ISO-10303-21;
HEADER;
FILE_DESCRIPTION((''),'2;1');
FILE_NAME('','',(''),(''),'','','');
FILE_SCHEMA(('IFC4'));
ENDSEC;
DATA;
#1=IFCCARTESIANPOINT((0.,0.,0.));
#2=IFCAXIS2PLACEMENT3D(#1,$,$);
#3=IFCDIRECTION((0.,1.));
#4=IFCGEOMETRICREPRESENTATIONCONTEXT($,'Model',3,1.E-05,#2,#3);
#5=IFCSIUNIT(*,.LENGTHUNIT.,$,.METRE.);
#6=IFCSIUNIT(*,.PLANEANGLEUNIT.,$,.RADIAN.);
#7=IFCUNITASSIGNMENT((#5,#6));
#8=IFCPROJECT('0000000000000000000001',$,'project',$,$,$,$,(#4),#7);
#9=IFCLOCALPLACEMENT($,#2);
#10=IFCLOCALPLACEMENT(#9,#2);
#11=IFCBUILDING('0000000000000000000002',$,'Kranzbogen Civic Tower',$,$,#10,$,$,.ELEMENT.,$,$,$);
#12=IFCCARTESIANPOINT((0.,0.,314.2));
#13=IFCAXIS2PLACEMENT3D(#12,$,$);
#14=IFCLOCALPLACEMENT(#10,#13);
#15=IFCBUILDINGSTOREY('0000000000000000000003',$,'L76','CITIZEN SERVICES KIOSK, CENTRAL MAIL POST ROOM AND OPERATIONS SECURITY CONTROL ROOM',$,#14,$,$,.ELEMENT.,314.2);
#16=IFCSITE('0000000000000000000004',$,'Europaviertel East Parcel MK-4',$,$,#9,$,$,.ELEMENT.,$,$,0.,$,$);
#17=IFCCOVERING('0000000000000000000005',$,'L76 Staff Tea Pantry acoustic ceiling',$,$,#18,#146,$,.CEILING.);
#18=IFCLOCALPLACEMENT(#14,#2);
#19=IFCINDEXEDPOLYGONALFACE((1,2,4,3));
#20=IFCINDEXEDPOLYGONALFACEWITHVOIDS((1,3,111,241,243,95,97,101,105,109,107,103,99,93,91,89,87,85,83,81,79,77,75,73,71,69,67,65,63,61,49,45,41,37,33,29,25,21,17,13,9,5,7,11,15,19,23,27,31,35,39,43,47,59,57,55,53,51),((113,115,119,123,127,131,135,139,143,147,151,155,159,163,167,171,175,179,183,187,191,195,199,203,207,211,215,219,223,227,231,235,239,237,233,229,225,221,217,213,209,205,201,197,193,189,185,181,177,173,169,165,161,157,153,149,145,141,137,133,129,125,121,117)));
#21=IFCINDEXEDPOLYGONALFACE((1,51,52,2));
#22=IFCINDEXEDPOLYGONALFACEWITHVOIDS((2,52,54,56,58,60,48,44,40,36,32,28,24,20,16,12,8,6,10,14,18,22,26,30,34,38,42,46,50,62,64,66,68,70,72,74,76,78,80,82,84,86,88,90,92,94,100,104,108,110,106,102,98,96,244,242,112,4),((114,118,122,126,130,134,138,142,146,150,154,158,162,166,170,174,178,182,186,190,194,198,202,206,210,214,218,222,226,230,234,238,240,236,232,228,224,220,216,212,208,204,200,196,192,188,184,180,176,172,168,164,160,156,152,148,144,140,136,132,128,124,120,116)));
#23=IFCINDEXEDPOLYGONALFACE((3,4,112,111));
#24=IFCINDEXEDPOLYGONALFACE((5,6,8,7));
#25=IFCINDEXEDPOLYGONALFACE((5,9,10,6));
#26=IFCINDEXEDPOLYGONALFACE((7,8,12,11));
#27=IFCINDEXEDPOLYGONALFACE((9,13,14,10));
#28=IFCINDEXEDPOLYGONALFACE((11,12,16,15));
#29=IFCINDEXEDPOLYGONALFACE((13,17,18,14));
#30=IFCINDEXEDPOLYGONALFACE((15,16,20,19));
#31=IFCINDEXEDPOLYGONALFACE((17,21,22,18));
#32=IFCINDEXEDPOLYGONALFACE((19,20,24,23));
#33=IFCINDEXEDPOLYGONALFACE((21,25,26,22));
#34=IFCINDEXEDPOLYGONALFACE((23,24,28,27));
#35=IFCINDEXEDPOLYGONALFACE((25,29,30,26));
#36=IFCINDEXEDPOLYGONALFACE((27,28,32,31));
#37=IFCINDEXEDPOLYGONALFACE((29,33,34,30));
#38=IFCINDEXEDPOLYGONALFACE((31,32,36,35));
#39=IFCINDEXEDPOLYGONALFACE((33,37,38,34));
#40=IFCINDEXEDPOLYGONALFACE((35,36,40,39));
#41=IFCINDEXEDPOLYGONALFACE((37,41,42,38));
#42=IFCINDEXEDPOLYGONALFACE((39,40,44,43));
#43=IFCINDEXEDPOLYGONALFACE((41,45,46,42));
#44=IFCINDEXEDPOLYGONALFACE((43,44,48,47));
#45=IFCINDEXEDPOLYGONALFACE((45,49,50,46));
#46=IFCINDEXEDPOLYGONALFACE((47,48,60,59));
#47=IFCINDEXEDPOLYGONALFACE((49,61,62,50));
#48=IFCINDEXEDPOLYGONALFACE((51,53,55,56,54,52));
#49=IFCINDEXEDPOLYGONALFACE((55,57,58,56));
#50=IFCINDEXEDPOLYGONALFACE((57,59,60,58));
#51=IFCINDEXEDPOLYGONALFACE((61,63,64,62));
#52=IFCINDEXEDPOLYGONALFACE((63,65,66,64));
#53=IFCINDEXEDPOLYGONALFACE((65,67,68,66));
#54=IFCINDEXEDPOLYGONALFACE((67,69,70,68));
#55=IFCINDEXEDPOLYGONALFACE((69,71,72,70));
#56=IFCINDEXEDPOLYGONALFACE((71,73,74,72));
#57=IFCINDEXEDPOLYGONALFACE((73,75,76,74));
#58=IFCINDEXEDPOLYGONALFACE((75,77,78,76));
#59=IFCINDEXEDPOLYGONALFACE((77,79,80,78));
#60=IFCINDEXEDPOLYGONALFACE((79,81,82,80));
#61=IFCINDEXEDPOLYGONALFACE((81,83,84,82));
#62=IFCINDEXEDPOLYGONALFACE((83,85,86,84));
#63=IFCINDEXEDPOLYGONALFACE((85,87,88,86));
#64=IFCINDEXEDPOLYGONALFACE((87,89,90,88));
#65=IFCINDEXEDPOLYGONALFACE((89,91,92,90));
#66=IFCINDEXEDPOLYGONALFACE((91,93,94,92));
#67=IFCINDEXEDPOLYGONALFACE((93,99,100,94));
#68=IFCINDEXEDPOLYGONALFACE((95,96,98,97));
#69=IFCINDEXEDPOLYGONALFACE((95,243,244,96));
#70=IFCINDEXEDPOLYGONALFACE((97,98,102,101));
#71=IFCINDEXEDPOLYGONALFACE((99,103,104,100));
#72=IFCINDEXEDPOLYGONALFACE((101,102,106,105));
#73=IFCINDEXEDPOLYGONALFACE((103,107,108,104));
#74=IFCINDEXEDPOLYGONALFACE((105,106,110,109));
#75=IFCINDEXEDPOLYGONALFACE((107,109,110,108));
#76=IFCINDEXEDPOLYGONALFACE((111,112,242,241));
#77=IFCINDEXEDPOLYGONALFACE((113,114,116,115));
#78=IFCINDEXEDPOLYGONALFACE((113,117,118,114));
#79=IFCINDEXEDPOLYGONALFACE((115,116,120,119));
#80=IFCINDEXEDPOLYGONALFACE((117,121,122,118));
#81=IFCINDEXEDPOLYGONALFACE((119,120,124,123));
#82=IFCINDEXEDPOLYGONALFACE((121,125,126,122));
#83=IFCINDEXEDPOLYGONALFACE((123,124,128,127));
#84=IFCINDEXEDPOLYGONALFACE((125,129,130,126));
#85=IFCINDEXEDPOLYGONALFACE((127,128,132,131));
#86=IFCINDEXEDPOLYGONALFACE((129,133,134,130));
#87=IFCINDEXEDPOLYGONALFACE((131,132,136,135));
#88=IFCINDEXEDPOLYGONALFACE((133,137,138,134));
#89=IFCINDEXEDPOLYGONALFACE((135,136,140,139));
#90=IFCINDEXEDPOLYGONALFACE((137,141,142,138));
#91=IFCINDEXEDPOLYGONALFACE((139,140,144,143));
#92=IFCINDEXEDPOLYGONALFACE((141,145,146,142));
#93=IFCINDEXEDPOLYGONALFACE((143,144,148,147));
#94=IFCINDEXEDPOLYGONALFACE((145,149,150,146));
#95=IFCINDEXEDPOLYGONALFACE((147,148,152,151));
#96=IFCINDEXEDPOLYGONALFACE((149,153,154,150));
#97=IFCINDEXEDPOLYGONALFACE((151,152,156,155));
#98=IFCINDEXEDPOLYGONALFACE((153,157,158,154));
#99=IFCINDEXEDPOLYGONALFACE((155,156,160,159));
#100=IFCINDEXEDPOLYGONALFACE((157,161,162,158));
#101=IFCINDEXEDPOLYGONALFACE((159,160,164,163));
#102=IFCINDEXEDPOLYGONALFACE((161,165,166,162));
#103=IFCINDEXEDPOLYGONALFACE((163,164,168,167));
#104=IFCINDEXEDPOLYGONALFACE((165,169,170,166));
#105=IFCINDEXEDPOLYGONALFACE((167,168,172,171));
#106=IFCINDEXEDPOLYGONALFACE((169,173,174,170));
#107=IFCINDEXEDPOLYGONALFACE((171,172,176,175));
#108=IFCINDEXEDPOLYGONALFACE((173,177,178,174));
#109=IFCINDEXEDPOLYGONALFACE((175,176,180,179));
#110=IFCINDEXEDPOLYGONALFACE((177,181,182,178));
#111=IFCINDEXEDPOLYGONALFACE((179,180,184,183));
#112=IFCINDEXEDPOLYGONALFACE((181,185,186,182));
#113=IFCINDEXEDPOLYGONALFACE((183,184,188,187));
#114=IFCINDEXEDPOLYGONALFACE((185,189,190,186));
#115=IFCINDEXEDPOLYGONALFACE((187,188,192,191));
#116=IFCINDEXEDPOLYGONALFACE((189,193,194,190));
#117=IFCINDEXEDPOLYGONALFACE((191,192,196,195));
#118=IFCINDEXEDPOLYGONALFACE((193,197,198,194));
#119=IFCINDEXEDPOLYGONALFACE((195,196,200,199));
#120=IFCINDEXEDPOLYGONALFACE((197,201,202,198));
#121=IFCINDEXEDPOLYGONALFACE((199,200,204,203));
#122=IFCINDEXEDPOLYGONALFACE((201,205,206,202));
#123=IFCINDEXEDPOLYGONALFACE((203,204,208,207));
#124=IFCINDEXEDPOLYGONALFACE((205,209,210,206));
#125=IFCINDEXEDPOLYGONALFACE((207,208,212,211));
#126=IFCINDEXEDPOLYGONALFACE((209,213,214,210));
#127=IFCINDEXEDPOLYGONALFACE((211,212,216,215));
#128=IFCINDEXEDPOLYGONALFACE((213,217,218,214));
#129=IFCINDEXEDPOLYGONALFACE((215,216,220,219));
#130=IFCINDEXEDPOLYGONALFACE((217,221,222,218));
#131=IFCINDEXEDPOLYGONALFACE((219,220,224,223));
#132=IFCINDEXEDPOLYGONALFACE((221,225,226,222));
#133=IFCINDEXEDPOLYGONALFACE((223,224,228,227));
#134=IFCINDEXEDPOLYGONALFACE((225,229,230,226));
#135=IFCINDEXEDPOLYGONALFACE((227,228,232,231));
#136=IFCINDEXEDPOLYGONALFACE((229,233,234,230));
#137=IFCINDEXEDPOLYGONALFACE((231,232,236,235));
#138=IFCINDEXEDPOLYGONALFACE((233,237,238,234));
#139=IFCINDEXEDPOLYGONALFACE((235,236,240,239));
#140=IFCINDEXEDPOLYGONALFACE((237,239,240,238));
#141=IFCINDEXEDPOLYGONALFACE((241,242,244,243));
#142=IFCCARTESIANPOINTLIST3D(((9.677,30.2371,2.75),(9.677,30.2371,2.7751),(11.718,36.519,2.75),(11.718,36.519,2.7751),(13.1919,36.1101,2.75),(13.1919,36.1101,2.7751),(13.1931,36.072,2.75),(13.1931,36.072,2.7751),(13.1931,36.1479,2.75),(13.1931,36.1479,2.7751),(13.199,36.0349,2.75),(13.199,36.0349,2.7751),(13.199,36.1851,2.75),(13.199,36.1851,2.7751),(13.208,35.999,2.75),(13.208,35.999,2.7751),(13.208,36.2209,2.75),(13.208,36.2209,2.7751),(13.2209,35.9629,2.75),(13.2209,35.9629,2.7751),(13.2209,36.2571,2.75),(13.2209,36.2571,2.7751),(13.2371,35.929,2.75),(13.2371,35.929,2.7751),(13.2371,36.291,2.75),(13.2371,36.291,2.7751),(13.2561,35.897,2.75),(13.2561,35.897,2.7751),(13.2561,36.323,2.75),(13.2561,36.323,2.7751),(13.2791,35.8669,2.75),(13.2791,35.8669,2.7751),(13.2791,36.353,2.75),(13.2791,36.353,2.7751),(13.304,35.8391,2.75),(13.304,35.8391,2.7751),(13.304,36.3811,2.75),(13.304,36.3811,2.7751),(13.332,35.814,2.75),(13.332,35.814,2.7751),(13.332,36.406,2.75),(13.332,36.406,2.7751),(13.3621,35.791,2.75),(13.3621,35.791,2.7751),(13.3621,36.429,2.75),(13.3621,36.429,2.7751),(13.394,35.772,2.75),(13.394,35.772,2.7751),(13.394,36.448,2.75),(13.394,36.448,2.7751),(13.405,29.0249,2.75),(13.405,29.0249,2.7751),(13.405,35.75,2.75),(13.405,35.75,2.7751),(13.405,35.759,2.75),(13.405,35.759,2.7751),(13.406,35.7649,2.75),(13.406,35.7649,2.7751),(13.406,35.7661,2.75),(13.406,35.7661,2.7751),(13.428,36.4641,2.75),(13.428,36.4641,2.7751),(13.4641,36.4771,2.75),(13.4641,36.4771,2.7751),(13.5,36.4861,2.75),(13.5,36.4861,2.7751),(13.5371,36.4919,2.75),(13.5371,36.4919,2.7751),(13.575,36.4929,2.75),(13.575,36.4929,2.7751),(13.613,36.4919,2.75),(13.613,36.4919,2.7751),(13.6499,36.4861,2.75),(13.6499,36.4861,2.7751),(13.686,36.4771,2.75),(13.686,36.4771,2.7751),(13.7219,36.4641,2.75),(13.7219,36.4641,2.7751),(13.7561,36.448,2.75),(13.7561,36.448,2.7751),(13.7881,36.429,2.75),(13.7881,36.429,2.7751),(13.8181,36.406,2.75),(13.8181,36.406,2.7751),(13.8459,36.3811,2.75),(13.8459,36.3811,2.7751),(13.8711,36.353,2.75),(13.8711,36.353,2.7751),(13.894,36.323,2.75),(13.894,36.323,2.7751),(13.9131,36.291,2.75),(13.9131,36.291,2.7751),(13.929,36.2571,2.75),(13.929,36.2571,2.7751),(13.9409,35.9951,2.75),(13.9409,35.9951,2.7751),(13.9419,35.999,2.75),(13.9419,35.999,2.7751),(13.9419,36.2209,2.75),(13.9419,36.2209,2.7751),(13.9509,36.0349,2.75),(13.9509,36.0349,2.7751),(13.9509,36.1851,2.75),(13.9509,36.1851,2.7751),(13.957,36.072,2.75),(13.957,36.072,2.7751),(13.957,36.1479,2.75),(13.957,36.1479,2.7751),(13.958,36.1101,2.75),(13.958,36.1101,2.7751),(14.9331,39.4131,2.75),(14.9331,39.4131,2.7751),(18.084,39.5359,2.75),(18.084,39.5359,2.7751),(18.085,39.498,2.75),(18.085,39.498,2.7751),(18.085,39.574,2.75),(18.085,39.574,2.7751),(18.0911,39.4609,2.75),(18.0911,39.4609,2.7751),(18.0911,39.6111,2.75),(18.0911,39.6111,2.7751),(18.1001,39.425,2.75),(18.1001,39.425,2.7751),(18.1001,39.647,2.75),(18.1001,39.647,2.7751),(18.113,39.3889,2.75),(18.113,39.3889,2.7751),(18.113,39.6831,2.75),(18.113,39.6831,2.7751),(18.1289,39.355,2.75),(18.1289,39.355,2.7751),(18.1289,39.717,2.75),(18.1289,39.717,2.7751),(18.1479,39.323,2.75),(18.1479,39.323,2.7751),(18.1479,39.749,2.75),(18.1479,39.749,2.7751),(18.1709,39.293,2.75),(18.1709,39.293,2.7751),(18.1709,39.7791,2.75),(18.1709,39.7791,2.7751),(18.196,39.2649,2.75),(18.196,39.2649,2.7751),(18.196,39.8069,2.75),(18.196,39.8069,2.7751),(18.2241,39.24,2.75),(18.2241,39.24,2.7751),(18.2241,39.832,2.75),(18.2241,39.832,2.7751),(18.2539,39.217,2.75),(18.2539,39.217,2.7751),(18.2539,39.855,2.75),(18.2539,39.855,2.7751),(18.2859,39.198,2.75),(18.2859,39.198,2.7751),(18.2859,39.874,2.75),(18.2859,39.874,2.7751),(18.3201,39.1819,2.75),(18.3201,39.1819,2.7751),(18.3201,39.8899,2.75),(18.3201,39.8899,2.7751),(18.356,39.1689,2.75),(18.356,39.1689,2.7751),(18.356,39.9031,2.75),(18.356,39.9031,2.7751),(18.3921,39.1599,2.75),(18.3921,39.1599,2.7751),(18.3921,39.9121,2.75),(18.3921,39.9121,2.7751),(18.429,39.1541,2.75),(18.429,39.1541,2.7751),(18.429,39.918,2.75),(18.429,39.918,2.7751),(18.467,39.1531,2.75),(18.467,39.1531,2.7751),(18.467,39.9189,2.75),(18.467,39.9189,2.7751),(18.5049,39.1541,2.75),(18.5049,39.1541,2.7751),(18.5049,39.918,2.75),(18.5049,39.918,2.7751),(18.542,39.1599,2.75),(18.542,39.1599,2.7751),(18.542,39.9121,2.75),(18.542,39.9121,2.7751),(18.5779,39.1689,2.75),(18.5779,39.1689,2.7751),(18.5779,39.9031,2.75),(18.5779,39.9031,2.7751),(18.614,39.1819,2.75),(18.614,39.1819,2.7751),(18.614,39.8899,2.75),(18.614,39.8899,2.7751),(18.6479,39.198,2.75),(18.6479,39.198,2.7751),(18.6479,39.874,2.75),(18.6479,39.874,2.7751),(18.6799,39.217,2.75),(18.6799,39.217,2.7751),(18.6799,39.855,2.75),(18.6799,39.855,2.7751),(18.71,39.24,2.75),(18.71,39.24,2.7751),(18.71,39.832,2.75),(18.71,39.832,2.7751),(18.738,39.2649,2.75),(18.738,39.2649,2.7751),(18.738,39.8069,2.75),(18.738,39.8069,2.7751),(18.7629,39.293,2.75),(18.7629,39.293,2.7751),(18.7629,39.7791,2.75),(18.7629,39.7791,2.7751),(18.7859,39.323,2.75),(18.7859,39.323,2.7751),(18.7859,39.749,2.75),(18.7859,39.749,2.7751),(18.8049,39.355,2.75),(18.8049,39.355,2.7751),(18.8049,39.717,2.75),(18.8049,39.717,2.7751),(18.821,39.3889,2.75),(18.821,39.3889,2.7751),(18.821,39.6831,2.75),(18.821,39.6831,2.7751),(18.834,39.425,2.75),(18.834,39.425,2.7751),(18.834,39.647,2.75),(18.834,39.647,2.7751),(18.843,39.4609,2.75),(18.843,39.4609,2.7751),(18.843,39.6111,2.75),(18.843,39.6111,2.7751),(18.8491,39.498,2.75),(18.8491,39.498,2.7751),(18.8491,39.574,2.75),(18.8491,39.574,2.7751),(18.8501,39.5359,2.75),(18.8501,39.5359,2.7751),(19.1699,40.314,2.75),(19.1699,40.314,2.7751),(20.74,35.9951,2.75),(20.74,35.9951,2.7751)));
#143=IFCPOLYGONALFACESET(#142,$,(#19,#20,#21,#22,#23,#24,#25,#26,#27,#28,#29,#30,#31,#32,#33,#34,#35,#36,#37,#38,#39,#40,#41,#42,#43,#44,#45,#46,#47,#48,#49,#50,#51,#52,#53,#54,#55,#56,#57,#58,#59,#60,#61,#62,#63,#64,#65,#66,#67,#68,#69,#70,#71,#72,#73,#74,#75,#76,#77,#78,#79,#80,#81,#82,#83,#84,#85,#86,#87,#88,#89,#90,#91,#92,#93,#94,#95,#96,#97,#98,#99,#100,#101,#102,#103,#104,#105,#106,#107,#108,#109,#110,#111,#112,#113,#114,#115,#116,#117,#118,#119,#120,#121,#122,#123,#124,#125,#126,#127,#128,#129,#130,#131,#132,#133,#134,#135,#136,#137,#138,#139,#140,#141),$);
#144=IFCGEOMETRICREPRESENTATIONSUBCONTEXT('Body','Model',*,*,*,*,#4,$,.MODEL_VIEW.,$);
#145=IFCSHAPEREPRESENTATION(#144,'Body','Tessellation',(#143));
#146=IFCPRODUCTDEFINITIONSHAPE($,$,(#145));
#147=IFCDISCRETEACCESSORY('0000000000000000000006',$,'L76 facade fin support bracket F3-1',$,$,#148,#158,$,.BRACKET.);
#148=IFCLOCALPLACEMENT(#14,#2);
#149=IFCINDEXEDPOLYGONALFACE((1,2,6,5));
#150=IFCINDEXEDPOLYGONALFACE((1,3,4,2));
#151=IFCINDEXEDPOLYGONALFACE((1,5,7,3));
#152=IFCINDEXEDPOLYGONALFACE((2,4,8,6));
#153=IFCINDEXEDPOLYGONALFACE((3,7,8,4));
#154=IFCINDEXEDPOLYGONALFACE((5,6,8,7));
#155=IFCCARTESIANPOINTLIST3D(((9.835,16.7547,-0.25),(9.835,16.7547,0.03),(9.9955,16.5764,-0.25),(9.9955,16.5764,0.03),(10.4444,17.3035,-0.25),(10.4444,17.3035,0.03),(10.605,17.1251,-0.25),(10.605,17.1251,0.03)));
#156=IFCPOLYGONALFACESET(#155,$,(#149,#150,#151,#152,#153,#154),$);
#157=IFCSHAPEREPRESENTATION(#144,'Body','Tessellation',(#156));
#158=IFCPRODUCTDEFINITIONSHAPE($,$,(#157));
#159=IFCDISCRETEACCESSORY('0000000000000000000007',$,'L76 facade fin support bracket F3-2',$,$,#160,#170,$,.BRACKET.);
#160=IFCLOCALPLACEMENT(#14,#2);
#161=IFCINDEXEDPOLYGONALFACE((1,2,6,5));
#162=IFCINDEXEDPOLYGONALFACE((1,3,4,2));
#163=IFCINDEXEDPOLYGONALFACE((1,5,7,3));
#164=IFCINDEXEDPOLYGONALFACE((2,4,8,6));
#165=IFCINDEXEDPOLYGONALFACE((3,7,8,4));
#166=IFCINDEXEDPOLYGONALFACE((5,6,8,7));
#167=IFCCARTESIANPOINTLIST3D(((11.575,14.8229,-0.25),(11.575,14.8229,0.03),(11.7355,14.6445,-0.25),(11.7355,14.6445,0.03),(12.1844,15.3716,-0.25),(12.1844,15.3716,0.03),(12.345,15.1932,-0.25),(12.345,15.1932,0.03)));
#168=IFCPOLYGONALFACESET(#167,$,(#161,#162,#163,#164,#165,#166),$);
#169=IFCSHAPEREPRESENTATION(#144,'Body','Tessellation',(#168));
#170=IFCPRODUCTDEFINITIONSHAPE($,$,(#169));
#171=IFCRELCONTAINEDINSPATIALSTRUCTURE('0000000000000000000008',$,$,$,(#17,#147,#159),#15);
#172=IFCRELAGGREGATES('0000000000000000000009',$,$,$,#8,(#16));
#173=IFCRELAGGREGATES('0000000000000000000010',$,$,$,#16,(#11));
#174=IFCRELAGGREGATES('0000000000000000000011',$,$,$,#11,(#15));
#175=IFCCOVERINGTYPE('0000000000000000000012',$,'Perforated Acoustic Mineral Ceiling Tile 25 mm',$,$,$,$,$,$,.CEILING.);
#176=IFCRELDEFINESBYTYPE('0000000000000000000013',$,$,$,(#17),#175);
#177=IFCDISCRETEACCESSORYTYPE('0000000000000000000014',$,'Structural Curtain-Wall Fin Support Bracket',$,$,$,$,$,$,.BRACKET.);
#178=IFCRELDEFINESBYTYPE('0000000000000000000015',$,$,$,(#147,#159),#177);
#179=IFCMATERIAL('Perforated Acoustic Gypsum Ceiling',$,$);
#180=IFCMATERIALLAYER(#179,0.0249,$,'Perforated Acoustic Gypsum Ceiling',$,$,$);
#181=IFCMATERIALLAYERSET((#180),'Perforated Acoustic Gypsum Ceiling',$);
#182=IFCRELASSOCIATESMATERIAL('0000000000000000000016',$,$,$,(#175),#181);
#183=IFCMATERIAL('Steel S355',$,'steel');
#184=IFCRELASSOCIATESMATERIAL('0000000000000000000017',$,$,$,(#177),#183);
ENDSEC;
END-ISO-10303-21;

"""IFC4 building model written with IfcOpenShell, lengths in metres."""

from ifc_helpers import new_model, si_unit, direction, frame, origin, origin_2d, place, context, subcontext, project, spatial, polyline, rectangle, outline, extrude, material, layer, layer_set, type_object, element, save


model = new_model("IFC4")

# Units and contexts
model_context = context("Model", 3, precision=1e-05, world=origin(), true_north=direction((0.0, 1.0)))
body_context = subcontext(model_context, "Body", "Model", "MODEL_VIEW")
ifc_project = project(units=[si_unit("LENGTHUNIT", "METRE"), si_unit("PLANEANGLEUNIT", "RADIAN")], contexts=[model_context])

# Site, building, storey
site_placement = place(None, origin())
site = spatial("IfcSite", under=ifc_project, at=site_placement, Name="Europaviertel East Parcel MK-4", CompositionType="ELEMENT", RefElevation=0.0)
building_placement = place(site_placement, origin())
building = spatial("IfcBuilding", under=site, at=building_placement, Name="Kranzbogen Civic Tower", CompositionType="ELEMENT")
storey_placement = place(building_placement, frame((0.0, 0.0, 314.2)))
storey = spatial("IfcBuildingStorey", under=building, at=storey_placement, Name="L76", Description="CITIZEN SERVICES KIOSK, CENTRAL MAIL POST ROOM AND OPERATIONS SECURITY CONTROL ROOM", CompositionType="ELEMENT", Elevation=314.2)

# Shared definitions
ifc_material_1 = material(Name="Steel S355", Category="steel")

# Covering
ifc_material_2 = material(Name="Perforated Acoustic Gypsum Ceiling")
ifc_layer_1 = layer(ifc_material_2, 0.0249, Name="Perforated Acoustic Gypsum Ceiling")
ifc_layer_set_1 = layer_set([ifc_layer_1], Name="Perforated Acoustic Gypsum Ceiling")
covering_type_1 = type_object("IfcCoveringType", Name="Perforated Acoustic Mineral Ceiling Tile 25 mm", PredefinedType="CEILING", material=ifc_layer_set_1)
covering_1_placement = place(storey_placement, frame((0.0, 0.0, 2.75)))
element("IfcCovering", 1, at=covering_1_placement, inside=storey, type_object=covering_type_1, Name="L76 Staff Tea Pantry acoustic ceiling", PredefinedType="CEILING", context=body_context, shape_type="SweptSolid", body=[
    extrude(outline(polyline([(14.9331, 39.4131), (19.1699, 40.314), (20.74, 35.9951), (13.9409, 35.9951), (13.9419, 35.999), (13.9509, 36.0349), (13.957, 36.072), (13.958, 36.1101), (13.957, 36.1479), (13.9509, 36.1851), (13.9419, 36.2209), (13.929, 36.2571), (13.9131, 36.291), (13.894, 36.323), (13.8711, 36.353), (13.8459, 36.3811), (13.8181, 36.406), (13.7881, 36.429), (13.7561, 36.448), (13.7219, 36.4641), (13.686, 36.4771), (13.6499, 36.4861), (13.613, 36.4919), (13.575, 36.4929), (13.5371, 36.4919), (13.5, 36.4861), (13.4641, 36.4771), (13.428, 36.4641), (13.394, 36.448), (13.3621, 36.429), (13.332, 36.406), (13.304, 36.3811), (13.2791, 36.353), (13.2561, 36.323), (13.2371, 36.291), (13.2209, 36.2571), (13.208, 36.2209), (13.199, 36.1851), (13.1931, 36.1479), (13.1919, 36.1101), (13.1931, 36.072), (13.199, 36.0349), (13.208, 35.999), (13.2209, 35.9629), (13.2371, 35.929), (13.2561, 35.897), (13.2791, 35.8669), (13.304, 35.8391), (13.332, 35.814), (13.3621, 35.791), (13.394, 35.772), (13.406, 35.7661), (13.406, 35.7649), (13.405, 35.759), (13.405, 35.75), (13.405, 29.0249), (9.677, 30.2371), (11.718, 36.519), (14.9331, 39.4131)]), holes=[polyline([(18.821, 39.3889), (18.8049, 39.355), (18.7859, 39.323), (18.7629, 39.293), (18.738, 39.2649), (18.71, 39.24), (18.6799, 39.217), (18.6479, 39.198), (18.614, 39.1819), (18.5779, 39.1689), (18.542, 39.1599), (18.5049, 39.1541), (18.467, 39.1531), (18.429, 39.1541), (18.3921, 39.1599), (18.356, 39.1689), (18.3201, 39.1819), (18.2859, 39.198), (18.2539, 39.217), (18.2241, 39.24), (18.196, 39.2649), (18.1709, 39.293), (18.1479, 39.323), (18.1289, 39.355), (18.113, 39.3889), (18.1001, 39.425), (18.0911, 39.4609), (18.085, 39.498), (18.084, 39.5359), (18.085, 39.574), (18.0911, 39.6111), (18.1001, 39.647), (18.113, 39.6831), (18.1289, 39.717), (18.1479, 39.749), (18.1709, 39.7791), (18.196, 39.8069), (18.2241, 39.832), (18.2539, 39.855), (18.2859, 39.874), (18.3201, 39.8899), (18.356, 39.9031), (18.3921, 39.9121), (18.429, 39.918), (18.467, 39.9189), (18.5049, 39.918), (18.542, 39.9121), (18.5779, 39.9031), (18.614, 39.8899), (18.6479, 39.874), (18.6799, 39.855), (18.71, 39.832), (18.738, 39.8069), (18.7629, 39.7791), (18.7859, 39.749), (18.8049, 39.717), (18.821, 39.6831), (18.834, 39.647), (18.843, 39.6111), (18.8491, 39.574), (18.8501, 39.5359), (18.8491, 39.498), (18.843, 39.4609), (18.834, 39.425), (18.821, 39.3889)])]), origin(), (0.0, 0.0, 1.0), 0.0251),
])

# Discrete accessories
discrete_accessory_type = type_object("IfcDiscreteAccessoryType", Name="Structural Curtain-Wall Fin Support Bracket", PredefinedType="BRACKET", material=ifc_material_1)
for number, where, z_axis, x_axis, name in (
    (2, (10.22, 16.9399, -0.25), (0.0, 0.0, 1.0), (-0.743145, -0.669131, 0.0), "L76 facade fin support bracket F3-1"),
    (3, (11.96, 15.0081, -0.25), (0.0, 0.0, 1.0), (-0.743145, -0.669131, 0.0), "L76 facade fin support bracket F3-2"),
):
    element("IfcDiscreteAccessory", number, at=place(storey_placement, frame(where, z_axis=z_axis, x_axis=x_axis)), inside=storey, type_object=discrete_accessory_type, Name=name, PredefinedType="BRACKET", context=body_context, shape_type="SweptSolid", body=[
        extrude(rectangle(XDim=0.8201, YDim=0.24, at=origin_2d()), origin(), (0.0, 0.0, 1.0), 0.28),
    ])

save(model, "model.ifc")
